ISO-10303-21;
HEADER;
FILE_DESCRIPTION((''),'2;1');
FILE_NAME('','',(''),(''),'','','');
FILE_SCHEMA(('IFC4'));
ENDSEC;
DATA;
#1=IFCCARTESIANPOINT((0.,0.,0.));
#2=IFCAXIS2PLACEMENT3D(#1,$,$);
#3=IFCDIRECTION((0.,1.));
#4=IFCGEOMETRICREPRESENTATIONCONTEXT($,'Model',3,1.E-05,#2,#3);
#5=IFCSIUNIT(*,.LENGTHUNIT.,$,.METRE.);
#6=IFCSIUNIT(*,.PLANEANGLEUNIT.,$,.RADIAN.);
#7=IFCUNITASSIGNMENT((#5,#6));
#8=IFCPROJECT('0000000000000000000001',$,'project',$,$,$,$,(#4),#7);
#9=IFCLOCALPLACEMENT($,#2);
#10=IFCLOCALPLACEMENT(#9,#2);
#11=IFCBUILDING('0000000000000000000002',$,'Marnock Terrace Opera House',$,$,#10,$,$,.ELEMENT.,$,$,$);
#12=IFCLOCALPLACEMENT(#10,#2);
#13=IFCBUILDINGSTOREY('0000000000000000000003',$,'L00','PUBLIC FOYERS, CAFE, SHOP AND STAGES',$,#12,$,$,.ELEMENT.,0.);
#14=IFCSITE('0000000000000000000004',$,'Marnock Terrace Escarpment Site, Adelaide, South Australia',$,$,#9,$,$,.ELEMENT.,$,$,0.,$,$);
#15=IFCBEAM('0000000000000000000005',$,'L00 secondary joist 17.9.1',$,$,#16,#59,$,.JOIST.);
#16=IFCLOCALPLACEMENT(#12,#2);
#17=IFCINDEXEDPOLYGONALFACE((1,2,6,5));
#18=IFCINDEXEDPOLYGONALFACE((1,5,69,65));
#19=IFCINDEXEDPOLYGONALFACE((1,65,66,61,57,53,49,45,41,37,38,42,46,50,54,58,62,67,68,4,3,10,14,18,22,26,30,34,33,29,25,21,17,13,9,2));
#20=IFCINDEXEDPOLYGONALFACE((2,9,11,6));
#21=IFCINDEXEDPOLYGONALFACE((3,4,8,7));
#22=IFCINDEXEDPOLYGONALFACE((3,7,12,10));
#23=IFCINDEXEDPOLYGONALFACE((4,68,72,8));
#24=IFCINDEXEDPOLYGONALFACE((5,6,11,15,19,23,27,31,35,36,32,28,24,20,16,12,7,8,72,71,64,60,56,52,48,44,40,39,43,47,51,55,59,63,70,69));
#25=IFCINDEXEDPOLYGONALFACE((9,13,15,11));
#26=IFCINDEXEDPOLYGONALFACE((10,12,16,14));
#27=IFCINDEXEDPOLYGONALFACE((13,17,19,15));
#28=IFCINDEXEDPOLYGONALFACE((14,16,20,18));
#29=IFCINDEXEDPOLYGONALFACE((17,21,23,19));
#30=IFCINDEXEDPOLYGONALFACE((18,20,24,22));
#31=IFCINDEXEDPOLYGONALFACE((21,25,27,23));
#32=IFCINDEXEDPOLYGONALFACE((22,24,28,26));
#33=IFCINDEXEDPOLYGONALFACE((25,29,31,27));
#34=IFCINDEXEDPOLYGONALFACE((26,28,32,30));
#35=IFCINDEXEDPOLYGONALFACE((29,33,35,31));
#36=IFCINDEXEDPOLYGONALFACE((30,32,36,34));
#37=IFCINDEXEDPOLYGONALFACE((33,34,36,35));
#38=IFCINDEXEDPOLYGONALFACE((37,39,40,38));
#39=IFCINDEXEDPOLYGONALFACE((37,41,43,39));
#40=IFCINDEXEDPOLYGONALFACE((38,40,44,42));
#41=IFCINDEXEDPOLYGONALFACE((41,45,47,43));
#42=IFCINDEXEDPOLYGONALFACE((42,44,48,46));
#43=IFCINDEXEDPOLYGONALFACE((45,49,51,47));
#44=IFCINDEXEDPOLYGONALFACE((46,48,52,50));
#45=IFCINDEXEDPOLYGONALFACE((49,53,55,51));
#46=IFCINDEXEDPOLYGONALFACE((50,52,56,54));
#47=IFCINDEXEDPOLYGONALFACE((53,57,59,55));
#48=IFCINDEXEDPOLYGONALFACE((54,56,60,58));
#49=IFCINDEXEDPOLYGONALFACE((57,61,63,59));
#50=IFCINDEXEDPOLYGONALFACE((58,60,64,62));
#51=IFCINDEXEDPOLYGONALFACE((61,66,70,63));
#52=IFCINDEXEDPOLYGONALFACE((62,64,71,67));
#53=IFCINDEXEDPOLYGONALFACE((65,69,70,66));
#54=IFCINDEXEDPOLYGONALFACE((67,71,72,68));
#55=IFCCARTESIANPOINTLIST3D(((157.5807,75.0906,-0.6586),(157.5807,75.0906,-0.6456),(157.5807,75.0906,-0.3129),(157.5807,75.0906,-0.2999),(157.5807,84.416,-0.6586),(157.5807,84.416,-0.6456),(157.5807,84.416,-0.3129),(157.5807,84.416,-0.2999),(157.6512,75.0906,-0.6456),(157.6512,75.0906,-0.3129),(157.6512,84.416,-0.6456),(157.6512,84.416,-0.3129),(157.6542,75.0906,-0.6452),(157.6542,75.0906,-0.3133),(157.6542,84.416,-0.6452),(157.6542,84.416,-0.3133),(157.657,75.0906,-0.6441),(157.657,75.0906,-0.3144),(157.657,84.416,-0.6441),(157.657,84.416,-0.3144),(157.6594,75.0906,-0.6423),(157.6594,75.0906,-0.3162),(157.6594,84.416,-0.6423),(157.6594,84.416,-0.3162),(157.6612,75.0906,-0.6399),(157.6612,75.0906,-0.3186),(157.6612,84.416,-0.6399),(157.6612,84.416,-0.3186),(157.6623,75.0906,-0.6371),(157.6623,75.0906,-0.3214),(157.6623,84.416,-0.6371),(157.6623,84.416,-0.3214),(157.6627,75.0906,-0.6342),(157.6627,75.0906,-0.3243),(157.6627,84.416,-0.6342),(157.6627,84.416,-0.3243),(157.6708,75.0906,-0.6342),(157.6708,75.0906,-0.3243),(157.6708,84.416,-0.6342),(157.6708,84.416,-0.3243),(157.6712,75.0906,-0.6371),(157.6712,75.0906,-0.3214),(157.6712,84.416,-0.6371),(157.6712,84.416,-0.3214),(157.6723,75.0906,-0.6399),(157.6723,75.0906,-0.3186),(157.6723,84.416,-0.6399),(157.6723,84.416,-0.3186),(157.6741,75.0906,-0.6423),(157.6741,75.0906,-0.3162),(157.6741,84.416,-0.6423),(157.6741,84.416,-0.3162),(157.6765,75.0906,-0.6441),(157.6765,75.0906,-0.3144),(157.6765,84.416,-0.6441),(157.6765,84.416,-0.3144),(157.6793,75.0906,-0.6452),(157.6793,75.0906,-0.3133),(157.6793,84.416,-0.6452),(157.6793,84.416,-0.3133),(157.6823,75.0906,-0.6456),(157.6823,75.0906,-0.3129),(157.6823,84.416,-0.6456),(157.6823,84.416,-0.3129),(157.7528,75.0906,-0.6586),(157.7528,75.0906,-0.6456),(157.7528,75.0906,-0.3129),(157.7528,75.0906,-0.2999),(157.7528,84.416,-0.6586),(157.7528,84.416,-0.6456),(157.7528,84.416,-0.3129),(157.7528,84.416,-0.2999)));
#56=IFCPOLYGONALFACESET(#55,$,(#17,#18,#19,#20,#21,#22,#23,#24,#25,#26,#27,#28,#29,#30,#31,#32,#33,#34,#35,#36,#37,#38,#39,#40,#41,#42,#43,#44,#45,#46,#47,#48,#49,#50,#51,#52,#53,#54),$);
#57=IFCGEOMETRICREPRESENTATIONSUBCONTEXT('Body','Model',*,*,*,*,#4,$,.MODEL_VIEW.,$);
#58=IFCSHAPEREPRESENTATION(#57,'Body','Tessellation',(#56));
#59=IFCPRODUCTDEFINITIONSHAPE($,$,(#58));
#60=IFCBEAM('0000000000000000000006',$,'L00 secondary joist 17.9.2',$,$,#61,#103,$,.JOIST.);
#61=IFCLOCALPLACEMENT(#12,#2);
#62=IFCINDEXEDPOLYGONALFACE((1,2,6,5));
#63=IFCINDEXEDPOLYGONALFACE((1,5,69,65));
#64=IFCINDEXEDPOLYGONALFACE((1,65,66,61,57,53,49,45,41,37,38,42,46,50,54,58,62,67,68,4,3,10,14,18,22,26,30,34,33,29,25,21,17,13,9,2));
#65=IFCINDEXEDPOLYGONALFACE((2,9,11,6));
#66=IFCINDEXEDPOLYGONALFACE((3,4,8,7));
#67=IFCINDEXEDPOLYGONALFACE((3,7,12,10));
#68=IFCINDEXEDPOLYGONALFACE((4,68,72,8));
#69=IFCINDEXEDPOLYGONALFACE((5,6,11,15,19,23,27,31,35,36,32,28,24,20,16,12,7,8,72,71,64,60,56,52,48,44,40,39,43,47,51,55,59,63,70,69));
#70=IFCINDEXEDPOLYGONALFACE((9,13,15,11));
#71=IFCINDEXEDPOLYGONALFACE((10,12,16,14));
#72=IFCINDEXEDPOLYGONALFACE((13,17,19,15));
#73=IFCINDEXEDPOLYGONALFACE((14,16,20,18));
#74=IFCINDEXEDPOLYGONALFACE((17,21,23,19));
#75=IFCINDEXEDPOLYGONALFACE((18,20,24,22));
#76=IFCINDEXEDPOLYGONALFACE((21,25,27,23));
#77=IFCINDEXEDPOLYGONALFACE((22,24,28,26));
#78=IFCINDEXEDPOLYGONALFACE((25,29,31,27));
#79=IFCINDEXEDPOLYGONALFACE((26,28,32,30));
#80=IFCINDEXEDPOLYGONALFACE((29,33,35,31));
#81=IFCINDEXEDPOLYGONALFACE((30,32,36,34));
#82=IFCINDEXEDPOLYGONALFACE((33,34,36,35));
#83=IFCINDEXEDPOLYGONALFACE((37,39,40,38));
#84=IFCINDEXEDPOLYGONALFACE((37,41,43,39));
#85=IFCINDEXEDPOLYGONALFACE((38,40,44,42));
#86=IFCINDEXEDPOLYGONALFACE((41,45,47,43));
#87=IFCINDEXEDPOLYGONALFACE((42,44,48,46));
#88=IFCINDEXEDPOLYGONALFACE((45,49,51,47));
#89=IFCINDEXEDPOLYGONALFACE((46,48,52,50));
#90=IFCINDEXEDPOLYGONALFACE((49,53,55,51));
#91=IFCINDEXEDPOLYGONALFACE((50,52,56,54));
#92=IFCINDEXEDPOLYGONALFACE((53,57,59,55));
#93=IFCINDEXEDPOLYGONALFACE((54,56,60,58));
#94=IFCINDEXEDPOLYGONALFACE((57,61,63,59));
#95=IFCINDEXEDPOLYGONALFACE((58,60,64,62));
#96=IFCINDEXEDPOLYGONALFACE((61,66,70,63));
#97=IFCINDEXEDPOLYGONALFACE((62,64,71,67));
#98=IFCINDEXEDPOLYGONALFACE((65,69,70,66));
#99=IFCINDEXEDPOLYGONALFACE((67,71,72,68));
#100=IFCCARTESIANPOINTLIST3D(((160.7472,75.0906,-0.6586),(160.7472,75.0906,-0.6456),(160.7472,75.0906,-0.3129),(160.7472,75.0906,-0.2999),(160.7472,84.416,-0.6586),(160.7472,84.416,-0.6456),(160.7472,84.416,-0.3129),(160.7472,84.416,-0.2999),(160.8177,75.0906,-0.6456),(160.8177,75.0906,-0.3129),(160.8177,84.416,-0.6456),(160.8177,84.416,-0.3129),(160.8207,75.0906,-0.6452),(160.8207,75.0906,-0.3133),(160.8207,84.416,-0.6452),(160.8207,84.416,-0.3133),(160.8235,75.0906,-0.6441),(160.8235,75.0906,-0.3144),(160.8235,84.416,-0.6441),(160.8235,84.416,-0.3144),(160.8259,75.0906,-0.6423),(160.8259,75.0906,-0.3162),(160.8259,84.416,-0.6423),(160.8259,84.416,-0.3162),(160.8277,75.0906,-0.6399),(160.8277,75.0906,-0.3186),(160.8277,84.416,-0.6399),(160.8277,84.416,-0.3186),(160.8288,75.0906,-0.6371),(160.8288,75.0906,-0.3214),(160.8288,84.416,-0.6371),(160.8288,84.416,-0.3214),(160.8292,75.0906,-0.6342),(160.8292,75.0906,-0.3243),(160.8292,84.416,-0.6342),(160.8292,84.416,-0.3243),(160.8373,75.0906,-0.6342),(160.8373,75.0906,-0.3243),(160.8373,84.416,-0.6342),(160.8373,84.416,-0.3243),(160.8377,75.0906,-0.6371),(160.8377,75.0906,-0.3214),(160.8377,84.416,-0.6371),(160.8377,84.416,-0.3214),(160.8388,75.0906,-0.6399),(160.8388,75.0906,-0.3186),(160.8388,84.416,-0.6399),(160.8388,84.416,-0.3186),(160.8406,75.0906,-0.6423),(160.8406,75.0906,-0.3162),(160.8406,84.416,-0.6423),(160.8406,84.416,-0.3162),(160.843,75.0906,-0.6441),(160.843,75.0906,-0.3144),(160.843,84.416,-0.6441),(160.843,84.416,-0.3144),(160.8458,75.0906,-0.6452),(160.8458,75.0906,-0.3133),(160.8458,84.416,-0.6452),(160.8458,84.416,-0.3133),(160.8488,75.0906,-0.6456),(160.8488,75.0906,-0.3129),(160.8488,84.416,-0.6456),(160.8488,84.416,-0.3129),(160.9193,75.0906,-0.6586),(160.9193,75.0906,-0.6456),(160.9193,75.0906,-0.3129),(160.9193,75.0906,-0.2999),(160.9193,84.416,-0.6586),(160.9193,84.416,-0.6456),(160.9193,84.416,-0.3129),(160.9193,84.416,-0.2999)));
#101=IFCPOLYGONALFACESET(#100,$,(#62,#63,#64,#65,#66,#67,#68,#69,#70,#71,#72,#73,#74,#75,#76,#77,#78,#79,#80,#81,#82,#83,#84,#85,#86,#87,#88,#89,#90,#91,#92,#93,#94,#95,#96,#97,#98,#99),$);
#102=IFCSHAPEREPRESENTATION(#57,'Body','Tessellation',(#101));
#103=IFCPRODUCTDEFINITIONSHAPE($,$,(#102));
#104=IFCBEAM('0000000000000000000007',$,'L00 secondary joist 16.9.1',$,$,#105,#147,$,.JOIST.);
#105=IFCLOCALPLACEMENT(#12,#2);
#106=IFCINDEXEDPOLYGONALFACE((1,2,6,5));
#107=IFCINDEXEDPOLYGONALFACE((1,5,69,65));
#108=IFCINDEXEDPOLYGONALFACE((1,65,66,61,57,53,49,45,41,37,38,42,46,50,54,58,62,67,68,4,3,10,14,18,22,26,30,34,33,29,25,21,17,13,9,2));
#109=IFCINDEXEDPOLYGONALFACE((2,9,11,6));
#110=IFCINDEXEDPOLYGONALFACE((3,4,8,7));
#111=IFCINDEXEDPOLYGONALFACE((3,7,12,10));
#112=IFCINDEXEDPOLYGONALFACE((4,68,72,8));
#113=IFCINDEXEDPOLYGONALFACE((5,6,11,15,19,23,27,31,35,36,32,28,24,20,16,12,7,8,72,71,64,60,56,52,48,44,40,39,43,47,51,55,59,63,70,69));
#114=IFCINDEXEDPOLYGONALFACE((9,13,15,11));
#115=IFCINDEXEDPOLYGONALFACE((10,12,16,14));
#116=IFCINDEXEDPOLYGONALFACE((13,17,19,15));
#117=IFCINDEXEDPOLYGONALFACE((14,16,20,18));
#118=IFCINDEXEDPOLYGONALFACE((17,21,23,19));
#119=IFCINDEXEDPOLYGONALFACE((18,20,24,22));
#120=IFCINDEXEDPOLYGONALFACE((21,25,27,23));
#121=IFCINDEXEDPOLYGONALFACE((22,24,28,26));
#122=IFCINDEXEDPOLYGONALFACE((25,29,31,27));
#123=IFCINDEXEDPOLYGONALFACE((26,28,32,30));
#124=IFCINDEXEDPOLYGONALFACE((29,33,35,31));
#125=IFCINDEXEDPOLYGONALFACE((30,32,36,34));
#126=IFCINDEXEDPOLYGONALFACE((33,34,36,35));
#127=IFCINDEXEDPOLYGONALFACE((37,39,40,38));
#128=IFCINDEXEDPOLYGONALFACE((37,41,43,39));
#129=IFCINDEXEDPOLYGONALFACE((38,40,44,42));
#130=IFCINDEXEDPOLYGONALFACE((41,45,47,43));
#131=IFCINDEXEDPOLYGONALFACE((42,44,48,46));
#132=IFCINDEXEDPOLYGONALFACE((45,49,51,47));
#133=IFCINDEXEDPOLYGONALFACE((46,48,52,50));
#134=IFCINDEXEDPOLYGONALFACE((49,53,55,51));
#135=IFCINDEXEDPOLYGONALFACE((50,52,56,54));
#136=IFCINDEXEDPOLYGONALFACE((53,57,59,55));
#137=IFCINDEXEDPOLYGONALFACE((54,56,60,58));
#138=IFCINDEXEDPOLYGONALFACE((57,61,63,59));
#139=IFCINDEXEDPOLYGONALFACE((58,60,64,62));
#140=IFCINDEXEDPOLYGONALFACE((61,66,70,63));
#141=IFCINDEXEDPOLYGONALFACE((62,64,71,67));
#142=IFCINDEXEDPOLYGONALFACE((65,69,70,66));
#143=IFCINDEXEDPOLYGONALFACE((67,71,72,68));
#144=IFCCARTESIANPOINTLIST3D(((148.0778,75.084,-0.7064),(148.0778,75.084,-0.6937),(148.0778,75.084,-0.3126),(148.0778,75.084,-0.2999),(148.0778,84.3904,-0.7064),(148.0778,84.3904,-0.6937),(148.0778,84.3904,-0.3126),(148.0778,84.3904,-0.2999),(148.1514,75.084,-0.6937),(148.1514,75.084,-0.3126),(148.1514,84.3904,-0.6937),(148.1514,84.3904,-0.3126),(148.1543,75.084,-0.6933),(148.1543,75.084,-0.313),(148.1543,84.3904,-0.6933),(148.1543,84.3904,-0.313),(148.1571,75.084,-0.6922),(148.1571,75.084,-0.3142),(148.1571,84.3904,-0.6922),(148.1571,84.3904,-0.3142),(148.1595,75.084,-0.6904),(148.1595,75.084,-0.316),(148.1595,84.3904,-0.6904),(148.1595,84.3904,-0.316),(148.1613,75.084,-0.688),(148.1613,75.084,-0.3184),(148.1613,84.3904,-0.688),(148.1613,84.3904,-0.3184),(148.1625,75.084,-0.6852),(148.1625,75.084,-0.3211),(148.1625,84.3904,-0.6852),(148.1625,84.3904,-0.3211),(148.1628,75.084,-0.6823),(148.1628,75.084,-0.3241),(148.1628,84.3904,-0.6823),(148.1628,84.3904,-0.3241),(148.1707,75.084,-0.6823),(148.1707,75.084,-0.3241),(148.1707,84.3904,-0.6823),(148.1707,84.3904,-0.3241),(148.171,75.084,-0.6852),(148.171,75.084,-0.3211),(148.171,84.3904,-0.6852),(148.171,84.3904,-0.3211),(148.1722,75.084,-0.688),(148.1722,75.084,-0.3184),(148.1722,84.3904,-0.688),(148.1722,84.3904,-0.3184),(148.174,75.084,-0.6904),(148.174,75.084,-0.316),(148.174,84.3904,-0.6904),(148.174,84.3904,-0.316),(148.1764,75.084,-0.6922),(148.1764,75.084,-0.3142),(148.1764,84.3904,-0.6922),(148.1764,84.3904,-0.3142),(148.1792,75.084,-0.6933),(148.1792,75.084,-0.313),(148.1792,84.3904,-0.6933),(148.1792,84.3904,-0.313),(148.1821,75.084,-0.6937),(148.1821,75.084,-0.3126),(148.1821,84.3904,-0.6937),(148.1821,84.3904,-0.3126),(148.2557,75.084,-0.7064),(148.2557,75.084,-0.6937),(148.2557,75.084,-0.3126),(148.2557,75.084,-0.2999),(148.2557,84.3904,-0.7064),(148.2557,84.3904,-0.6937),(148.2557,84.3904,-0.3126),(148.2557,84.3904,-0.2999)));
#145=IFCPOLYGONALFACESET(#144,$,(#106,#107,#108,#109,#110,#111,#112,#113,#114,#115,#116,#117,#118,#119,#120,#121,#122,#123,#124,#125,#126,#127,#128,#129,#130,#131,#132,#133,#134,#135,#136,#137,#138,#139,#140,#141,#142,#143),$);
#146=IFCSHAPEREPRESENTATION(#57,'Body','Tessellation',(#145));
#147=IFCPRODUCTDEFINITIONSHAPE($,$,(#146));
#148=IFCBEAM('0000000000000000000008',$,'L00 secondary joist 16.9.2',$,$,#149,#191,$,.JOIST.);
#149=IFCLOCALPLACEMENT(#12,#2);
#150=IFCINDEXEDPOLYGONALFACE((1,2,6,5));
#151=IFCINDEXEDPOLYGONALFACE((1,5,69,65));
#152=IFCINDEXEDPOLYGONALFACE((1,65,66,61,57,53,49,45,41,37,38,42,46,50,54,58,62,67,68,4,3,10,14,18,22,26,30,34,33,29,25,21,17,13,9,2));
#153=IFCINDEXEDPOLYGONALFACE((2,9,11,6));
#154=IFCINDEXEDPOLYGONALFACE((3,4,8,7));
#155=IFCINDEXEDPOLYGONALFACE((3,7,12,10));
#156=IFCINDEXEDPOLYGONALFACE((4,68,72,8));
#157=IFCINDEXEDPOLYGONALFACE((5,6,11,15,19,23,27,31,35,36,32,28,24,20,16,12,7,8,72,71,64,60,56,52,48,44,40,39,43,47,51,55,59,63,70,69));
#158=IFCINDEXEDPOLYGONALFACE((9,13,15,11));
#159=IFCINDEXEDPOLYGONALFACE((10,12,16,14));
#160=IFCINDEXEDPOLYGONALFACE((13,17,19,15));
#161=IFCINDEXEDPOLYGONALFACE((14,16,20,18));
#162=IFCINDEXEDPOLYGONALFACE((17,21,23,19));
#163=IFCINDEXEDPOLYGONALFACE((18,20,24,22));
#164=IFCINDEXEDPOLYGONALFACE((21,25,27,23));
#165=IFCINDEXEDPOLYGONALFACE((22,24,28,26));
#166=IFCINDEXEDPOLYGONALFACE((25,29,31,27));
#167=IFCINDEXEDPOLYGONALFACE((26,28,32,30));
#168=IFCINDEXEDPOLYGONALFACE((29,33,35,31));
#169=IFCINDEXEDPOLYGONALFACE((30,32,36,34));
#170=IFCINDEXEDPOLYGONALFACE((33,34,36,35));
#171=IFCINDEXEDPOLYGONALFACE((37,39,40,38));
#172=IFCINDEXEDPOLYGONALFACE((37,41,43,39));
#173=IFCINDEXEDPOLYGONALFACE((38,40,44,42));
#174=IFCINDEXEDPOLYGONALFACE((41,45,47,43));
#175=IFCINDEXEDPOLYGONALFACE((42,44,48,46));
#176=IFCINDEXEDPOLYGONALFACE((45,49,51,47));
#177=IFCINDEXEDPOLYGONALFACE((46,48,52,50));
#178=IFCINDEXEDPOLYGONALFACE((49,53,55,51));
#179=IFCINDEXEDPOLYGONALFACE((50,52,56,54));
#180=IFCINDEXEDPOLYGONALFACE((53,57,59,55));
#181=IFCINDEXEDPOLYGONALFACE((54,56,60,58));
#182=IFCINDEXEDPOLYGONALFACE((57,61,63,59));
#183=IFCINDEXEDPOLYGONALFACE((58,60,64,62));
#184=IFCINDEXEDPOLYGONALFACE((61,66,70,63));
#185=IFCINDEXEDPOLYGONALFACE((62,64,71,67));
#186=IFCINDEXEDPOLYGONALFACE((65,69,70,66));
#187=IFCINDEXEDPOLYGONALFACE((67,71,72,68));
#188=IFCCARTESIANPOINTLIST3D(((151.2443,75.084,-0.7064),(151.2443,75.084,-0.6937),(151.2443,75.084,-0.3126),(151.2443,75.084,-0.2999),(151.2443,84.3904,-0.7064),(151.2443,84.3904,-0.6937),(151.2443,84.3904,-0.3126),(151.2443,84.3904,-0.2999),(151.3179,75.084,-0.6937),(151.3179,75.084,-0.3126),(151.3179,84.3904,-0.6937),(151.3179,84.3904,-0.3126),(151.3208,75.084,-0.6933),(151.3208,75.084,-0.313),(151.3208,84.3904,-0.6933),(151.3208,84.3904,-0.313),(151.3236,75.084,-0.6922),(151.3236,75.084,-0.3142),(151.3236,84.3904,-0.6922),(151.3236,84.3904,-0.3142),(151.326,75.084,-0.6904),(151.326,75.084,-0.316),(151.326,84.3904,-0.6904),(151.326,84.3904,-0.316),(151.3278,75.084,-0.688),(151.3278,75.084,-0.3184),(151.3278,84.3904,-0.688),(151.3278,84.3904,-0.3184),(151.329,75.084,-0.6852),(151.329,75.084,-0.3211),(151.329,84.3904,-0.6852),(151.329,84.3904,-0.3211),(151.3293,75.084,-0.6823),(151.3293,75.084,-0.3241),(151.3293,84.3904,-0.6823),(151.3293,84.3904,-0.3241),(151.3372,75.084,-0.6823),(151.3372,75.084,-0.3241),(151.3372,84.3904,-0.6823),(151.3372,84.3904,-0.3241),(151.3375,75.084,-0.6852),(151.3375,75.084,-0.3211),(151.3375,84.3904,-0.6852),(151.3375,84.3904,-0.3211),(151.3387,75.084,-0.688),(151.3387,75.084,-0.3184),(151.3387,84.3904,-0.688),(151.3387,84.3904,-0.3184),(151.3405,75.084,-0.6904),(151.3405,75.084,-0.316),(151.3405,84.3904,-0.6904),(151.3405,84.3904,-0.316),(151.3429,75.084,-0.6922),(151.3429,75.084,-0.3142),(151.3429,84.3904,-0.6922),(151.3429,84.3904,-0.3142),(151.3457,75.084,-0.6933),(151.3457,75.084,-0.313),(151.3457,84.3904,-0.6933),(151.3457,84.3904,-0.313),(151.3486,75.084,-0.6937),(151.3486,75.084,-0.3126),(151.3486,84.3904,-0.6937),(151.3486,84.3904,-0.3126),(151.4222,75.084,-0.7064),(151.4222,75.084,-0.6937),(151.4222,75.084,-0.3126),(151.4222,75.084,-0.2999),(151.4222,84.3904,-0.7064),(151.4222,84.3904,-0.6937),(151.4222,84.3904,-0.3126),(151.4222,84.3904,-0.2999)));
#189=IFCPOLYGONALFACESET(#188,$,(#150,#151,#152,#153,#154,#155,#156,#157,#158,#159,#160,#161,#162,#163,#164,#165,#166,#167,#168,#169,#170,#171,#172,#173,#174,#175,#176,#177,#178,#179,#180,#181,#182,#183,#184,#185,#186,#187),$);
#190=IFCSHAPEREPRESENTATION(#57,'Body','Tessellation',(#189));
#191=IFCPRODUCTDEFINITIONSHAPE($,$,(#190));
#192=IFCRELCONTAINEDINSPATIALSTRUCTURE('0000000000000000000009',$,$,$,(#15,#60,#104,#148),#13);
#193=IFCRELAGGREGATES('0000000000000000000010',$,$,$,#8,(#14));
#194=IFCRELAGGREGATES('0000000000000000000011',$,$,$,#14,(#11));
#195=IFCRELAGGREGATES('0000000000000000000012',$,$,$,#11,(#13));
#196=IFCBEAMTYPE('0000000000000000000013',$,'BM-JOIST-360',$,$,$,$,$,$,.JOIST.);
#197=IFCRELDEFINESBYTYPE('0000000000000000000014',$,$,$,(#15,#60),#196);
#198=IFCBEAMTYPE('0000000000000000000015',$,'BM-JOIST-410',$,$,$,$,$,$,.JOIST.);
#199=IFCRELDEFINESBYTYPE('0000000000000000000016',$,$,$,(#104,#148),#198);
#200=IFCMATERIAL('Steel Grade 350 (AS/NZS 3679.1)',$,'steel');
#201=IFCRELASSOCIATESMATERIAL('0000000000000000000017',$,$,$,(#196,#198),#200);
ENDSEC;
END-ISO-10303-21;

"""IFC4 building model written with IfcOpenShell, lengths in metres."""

from ifc_helpers import new_model, si_unit, direction, frame, origin, origin_2d, place, context, subcontext, project, spatial, i_section, extrude, material, material_profile, profile_set, type_object, element, save


model = new_model("IFC4")

# Units and contexts
model_context = context("Model", 3, precision=1e-05, world=origin(), true_north=direction((0.0, 1.0)))
body_context = subcontext(model_context, "Body", "Model", "MODEL_VIEW")
ifc_project = project(units=[si_unit("LENGTHUNIT", "METRE"), si_unit("PLANEANGLEUNIT", "RADIAN")], contexts=[model_context])

# Site, building, storey
site_placement = place(None, origin())
site = spatial("IfcSite", under=ifc_project, at=site_placement, Name="Marnock Terrace Escarpment Site, Adelaide, South Australia", CompositionType="ELEMENT", RefElevation=0.0)
building_placement = place(site_placement, origin())
building = spatial("IfcBuilding", under=site, at=building_placement, Name="Marnock Terrace Opera House", CompositionType="ELEMENT")
storey_placement = place(building_placement, origin())
storey = spatial("IfcBuildingStorey", under=building, at=storey_placement, Name="L00", Description="PUBLIC FOYERS, CAFE, SHOP AND STAGES", CompositionType="ELEMENT", Elevation=0.0)

# Beams
ifc_material_1 = material(Name="Steel Grade 350 (AS/NZS 3679.1)", Category="steel")
ifc_material_profile_1 = material_profile(ifc_material_1, i_section(OverallWidth=0.1721, OverallDepth=0.3586, WebThickness=0.0081, FlangeThickness=0.0129, FilletRadius=0.0115, at=origin_2d()))
ifc_profile_set_1 = profile_set([ifc_material_profile_1], Name="Steel Grade 350 (AS/NZS 3679.1)")
beam_type_1 = type_object("IfcBeamType", Name="BM-JOIST-360", PredefinedType="JOIST", material=ifc_profile_set_1)
for number, where, z_axis, x_axis, name in (
    (1, (157.6667, 75.0906, -0.4792), (0.0, 1.0, 0.0), (-1.0, 0.0, 0.0), "L00 secondary joist 17.9.1"),
    (2, (160.8333, 75.0906, -0.4792), (0.0, 1.0, 0.0), (-1.0, 0.0, 0.0), "L00 secondary joist 17.9.2"),
):
    element("IfcBeam", number, at=place(storey_placement, frame(where, z_axis=z_axis, x_axis=x_axis)), inside=storey, type_object=beam_type_1, Name=name, PredefinedType="JOIST", context=body_context, shape_type="SweptSolid", body=[
        extrude(i_section(OverallWidth=0.1721, OverallDepth=0.3586, WebThickness=0.0081, FlangeThickness=0.0129, FilletRadius=0.0115, at=origin_2d()), origin(), (0.0, 0.0, 1.0), 9.3254),
    ])
ifc_material_profile_2 = material_profile(ifc_material_1, i_section(OverallWidth=0.178, OverallDepth=0.4065, WebThickness=0.0078, FlangeThickness=0.0127, FilletRadius=0.0115, at=origin_2d()))
ifc_profile_set_2 = profile_set([ifc_material_profile_2], Name="Steel Grade 350 (AS/NZS 3679.1)")
beam_type_2 = type_object("IfcBeamType", Name="BM-JOIST-410", PredefinedType="JOIST", material=ifc_profile_set_2)
for number, where, z_axis, x_axis, name in (
    (3, (148.1667, 75.084, -0.5032), (0.0, 1.0, 0.0), (-1.0, 0.0, 0.0), "L00 secondary joist 16.9.1"),
    (4, (151.3333, 75.084, -0.5032), (0.0, 1.0, 0.0), (-1.0, 0.0, 0.0), "L00 secondary joist 16.9.2"),
):
    element("IfcBeam", number, at=place(storey_placement, frame(where, z_axis=z_axis, x_axis=x_axis)), inside=storey, type_object=beam_type_2, Name=name, PredefinedType="JOIST", context=body_context, shape_type="SweptSolid", body=[
        extrude(i_section(OverallWidth=0.178, OverallDepth=0.4065, WebThickness=0.0078, FlangeThickness=0.0127, FilletRadius=0.0115, at=origin_2d()), origin(), (0.0, 0.0, 1.0), 9.3064),
    ])

save(model, "model.ifc")
